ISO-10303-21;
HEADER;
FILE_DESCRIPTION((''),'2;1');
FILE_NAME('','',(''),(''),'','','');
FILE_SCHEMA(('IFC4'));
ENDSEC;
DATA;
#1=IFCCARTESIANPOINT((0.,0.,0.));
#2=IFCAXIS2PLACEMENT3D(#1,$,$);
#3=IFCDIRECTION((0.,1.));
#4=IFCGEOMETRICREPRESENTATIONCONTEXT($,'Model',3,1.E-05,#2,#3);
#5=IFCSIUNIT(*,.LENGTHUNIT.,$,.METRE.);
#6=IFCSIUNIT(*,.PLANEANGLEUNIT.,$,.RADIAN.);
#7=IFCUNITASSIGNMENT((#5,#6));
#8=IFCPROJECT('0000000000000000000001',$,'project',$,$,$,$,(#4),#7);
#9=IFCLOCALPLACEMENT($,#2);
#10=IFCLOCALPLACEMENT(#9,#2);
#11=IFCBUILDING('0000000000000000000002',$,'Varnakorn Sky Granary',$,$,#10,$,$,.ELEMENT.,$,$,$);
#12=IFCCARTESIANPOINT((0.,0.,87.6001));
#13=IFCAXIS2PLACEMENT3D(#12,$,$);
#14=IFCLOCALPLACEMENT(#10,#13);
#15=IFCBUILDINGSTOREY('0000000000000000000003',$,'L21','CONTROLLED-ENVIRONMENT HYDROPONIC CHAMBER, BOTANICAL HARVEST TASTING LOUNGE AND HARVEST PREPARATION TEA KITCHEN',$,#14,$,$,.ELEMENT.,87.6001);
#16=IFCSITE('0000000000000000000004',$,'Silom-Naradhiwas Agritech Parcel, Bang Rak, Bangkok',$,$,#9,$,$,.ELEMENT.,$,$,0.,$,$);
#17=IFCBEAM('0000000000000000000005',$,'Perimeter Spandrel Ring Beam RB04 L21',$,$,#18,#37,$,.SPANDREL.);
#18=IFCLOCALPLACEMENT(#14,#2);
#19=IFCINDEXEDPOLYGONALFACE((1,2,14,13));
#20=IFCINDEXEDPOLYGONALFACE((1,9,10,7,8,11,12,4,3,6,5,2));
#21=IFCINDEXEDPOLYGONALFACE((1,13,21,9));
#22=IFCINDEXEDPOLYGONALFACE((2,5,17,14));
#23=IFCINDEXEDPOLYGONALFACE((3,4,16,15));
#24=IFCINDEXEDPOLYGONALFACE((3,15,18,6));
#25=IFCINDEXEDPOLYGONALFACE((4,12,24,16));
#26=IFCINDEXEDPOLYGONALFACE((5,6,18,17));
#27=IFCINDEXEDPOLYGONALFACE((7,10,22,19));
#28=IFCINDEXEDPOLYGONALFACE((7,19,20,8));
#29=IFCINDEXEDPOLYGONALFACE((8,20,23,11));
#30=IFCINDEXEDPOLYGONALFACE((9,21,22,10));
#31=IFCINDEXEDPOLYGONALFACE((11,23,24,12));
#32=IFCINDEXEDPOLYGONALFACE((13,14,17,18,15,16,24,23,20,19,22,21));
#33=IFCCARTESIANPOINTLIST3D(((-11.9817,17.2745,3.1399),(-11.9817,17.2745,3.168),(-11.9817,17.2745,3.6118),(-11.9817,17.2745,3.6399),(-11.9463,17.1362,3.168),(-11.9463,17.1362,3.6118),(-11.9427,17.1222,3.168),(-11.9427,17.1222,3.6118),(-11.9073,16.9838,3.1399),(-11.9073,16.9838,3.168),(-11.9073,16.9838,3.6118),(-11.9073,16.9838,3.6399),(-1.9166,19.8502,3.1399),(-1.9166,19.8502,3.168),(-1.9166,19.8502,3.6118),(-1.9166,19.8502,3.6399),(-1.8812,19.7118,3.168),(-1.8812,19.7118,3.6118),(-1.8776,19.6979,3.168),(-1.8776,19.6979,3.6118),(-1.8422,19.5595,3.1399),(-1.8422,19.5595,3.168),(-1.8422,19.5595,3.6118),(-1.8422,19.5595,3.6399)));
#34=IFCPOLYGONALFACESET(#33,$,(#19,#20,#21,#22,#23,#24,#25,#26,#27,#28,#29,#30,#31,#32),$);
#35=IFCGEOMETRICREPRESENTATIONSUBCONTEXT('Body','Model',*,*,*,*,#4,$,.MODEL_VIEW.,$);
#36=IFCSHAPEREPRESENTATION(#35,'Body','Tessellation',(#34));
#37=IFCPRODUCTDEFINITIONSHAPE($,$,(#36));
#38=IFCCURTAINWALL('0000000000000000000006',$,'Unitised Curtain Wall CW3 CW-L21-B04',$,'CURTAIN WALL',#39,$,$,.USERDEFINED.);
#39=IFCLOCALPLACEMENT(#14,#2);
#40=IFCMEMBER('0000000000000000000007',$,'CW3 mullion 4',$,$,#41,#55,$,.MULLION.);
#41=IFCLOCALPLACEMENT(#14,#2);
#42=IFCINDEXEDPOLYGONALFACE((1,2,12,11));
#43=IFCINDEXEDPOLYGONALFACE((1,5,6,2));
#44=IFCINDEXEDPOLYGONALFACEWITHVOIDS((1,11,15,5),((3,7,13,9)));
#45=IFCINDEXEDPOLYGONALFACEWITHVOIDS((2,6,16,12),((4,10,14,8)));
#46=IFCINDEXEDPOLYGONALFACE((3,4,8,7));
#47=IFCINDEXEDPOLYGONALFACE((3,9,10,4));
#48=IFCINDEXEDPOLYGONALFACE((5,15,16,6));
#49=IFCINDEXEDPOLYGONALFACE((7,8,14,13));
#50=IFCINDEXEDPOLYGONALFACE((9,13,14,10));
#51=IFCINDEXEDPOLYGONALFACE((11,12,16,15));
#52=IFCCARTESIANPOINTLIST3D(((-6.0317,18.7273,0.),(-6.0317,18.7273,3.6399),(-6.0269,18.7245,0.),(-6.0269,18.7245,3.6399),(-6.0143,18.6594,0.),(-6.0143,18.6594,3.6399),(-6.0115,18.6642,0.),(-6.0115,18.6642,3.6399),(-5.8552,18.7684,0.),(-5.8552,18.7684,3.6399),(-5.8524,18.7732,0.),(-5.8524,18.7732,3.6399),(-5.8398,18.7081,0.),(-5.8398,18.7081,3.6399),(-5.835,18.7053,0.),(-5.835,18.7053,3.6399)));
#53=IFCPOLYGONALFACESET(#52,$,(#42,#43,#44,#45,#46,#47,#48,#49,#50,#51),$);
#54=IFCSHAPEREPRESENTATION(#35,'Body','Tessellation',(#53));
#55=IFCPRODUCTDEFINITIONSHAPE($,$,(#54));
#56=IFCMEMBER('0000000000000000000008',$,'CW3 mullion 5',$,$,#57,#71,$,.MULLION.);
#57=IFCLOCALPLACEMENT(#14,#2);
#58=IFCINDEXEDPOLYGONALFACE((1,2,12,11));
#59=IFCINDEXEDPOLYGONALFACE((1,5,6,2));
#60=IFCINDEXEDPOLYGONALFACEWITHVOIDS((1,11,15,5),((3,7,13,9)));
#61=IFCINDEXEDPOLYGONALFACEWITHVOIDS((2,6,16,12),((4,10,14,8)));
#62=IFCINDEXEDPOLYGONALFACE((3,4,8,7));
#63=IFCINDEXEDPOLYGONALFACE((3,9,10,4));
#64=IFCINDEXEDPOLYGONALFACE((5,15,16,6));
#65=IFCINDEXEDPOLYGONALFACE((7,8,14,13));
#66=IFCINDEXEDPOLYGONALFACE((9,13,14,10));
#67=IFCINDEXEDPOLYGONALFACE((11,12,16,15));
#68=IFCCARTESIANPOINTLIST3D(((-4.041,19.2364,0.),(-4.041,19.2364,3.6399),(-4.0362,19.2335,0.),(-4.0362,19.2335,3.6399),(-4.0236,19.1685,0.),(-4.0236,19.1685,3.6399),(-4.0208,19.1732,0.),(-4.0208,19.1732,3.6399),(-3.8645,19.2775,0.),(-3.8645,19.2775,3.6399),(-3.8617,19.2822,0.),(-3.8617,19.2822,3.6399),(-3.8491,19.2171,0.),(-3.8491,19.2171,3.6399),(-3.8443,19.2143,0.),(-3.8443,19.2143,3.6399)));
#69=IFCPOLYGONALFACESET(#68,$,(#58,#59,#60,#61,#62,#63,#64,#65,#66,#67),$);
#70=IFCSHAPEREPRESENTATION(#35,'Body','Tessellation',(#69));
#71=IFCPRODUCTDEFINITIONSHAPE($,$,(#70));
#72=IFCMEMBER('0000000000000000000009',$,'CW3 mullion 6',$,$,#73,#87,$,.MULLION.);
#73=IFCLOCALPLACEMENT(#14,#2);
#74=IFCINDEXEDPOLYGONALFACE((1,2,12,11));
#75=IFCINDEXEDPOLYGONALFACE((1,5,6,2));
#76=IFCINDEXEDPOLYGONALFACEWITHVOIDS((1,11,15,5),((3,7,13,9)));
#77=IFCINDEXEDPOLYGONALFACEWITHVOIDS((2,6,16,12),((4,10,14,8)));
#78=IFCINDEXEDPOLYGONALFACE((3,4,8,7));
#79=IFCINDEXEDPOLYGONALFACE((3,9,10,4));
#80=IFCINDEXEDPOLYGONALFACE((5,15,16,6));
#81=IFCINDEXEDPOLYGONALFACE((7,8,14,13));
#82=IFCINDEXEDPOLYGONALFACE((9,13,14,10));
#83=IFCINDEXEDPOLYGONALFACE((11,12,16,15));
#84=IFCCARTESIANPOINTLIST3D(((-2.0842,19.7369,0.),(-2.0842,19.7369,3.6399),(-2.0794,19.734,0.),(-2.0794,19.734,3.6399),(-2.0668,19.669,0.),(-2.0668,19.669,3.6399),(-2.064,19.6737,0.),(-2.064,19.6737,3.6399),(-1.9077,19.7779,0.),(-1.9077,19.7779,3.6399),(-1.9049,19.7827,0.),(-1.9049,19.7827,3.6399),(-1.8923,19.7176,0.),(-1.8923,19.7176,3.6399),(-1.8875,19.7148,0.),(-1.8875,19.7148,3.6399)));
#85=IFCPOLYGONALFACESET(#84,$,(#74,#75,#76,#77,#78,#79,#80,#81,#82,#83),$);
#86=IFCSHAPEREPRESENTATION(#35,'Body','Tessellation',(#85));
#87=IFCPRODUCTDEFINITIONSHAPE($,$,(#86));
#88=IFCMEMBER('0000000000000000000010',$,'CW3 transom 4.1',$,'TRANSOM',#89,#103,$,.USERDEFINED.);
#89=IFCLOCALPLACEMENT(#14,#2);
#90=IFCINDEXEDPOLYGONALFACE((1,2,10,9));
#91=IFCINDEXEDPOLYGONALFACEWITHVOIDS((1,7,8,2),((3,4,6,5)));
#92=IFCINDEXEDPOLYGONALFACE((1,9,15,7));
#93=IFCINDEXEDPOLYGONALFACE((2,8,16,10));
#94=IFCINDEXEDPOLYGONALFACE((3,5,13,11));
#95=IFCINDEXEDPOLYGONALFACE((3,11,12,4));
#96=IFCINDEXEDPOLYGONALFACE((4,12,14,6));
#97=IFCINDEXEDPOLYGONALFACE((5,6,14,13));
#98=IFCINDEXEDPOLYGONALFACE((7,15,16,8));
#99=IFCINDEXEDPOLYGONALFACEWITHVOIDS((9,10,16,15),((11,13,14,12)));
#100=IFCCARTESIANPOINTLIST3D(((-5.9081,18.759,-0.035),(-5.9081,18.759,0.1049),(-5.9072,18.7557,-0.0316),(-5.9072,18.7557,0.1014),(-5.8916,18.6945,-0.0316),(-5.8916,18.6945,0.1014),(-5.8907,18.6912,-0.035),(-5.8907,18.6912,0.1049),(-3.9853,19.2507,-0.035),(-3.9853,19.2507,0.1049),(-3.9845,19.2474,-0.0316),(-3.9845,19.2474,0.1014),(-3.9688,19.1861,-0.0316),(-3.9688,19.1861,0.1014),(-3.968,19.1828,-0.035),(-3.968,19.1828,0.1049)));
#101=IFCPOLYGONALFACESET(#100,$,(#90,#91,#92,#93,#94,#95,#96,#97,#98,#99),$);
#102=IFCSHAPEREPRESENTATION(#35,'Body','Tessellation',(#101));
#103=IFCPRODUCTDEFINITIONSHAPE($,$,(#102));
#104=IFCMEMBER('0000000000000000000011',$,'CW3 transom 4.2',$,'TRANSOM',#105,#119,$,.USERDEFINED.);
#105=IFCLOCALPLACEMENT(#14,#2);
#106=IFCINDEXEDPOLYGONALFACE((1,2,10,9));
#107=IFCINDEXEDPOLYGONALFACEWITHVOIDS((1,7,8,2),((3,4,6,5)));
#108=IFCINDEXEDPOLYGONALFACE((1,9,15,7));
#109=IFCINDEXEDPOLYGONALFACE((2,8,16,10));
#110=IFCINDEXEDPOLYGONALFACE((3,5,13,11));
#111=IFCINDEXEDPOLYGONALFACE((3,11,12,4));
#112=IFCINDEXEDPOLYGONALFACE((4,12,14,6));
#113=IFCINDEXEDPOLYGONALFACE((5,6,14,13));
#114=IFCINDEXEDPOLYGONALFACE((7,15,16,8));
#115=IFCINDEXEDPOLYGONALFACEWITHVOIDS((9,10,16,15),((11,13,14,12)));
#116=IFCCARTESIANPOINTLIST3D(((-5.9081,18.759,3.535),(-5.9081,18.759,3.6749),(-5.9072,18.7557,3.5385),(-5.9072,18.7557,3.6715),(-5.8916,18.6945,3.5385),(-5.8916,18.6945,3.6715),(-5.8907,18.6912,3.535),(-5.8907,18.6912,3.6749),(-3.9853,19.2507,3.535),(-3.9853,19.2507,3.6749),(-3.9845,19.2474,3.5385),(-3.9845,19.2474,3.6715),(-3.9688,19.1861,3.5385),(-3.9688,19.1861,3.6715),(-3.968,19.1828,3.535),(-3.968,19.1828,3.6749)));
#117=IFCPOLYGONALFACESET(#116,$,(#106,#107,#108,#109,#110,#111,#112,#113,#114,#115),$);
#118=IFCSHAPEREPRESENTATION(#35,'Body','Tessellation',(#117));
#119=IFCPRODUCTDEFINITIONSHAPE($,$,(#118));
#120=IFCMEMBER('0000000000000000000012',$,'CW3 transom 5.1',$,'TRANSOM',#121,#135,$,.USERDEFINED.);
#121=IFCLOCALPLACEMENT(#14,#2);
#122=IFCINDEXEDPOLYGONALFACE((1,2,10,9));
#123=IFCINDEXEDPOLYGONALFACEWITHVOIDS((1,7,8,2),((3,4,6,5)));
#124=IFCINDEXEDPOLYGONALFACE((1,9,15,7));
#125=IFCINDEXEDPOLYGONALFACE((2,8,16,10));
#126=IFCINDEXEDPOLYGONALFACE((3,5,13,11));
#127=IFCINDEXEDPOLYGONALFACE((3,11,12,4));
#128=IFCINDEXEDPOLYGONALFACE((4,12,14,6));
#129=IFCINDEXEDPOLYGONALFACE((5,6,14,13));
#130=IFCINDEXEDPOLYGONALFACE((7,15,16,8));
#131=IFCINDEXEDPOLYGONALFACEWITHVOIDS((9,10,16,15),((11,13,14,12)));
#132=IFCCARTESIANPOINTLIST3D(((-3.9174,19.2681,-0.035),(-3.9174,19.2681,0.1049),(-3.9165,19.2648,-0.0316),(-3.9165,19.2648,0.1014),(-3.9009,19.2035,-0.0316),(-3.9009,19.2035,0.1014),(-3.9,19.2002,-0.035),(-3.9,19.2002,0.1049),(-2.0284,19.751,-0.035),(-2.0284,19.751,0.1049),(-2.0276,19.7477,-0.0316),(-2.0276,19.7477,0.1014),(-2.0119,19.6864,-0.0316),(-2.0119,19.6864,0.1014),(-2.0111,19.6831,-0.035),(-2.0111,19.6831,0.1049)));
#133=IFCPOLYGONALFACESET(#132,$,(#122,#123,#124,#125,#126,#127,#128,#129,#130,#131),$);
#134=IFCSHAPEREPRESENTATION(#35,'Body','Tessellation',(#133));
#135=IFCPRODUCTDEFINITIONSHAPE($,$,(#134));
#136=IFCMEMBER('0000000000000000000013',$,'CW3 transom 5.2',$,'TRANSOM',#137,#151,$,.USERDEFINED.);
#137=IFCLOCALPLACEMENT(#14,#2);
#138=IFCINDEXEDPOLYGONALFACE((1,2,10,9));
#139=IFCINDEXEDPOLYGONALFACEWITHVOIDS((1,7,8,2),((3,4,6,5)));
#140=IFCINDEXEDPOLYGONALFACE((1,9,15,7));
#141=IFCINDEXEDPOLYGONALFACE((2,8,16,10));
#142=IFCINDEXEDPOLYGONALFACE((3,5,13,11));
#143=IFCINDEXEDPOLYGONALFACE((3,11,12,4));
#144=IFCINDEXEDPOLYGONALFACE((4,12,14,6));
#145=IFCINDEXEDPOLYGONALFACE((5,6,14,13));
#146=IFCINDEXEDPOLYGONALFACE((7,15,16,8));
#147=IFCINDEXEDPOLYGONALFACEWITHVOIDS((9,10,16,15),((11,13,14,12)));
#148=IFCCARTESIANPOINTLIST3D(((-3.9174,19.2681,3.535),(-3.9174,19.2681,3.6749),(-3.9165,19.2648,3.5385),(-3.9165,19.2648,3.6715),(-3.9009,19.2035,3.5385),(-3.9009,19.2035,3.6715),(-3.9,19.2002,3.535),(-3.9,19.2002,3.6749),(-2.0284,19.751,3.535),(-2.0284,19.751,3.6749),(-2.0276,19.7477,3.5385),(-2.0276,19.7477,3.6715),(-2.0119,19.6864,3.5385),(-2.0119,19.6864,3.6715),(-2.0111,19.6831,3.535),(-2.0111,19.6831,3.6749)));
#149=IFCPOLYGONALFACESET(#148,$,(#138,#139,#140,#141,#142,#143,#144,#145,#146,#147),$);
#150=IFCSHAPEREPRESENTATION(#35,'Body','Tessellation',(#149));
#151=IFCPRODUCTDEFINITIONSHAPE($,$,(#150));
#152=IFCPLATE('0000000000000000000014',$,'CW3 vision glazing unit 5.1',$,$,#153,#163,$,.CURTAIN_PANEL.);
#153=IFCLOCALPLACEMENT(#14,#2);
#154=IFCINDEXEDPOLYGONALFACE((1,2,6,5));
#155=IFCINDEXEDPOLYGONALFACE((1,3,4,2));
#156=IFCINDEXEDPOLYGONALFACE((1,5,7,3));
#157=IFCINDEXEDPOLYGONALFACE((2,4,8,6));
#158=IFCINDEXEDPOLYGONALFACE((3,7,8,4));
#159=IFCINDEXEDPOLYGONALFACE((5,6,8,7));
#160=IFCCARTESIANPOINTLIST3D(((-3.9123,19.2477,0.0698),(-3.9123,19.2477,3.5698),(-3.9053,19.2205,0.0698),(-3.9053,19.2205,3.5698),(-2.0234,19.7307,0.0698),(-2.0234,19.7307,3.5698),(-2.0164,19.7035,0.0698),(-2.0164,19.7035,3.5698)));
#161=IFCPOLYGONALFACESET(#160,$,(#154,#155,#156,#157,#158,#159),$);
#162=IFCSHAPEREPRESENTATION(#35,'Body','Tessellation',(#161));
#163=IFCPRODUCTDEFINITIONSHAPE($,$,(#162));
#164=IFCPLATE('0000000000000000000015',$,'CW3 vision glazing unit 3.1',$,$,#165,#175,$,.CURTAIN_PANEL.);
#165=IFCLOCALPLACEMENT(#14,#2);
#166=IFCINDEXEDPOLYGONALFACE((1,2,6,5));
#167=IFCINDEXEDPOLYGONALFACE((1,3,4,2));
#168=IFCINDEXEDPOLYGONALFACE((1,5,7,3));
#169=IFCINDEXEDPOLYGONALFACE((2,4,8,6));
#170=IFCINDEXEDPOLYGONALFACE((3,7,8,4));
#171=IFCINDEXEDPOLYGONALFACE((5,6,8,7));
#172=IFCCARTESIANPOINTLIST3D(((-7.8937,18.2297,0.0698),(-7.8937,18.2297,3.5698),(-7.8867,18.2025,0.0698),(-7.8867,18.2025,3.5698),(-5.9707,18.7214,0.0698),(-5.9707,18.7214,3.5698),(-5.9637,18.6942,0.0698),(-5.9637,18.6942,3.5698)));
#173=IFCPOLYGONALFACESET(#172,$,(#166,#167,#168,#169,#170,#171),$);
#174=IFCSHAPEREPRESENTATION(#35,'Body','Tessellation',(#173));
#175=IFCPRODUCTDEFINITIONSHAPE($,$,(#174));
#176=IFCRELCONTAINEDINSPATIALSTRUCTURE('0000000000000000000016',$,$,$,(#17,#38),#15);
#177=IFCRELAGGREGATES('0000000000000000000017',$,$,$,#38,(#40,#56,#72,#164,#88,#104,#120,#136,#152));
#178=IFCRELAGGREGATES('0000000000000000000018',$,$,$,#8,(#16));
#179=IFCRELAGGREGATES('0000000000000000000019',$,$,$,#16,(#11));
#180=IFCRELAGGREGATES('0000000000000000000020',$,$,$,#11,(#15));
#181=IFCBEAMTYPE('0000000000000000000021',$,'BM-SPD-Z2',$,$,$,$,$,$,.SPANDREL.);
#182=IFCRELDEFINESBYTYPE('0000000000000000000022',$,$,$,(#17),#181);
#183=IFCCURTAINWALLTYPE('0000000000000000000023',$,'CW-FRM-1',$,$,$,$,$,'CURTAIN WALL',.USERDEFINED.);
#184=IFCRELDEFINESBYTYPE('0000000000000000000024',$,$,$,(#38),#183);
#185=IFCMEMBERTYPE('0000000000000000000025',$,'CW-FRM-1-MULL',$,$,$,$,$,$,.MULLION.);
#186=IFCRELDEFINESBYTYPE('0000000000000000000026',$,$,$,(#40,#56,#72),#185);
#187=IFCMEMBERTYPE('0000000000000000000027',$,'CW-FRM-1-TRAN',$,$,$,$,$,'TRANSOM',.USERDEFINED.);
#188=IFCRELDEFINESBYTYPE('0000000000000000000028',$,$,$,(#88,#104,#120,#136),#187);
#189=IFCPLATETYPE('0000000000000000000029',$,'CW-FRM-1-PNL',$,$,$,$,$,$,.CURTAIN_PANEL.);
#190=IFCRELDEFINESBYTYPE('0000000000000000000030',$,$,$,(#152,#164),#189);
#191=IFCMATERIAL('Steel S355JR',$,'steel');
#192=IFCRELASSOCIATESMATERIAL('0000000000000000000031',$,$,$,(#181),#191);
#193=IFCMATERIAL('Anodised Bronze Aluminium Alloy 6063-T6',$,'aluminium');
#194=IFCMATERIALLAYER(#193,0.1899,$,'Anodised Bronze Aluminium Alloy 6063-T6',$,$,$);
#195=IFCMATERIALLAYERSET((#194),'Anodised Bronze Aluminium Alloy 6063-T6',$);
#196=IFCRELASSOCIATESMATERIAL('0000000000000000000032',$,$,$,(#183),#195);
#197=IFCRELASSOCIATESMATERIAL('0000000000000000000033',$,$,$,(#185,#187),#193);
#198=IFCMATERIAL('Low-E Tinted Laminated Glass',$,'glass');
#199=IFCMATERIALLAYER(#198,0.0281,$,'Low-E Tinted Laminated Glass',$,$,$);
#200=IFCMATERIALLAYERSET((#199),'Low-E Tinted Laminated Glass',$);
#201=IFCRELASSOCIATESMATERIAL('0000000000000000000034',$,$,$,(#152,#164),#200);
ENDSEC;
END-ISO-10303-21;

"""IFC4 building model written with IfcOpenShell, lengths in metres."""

from ifc_helpers import new_model, si_unit, direction, frame, origin, origin_2d, place, context, subcontext, project, spatial, rectangle, hollow_rectangle, i_section, extrude, source, transform, mapped, material, layer, layer_set, material_profile, profile_set, type_object, type_shapes, element, aggregate, save


model = new_model("IFC4")

# Units and contexts
model_context = context("Model", 3, precision=1e-05, world=origin(), true_north=direction((0.0, 1.0)))
body_context = subcontext(model_context, "Body", "Model", "MODEL_VIEW")
ifc_project = project(units=[si_unit("LENGTHUNIT", "METRE"), si_unit("PLANEANGLEUNIT", "RADIAN")], contexts=[model_context])

# Site, building, storey
site_placement = place(None, origin())
site = spatial("IfcSite", under=ifc_project, at=site_placement, Name="Silom-Naradhiwas Agritech Parcel, Bang Rak, Bangkok", CompositionType="ELEMENT", RefElevation=0.0)
building_placement = place(site_placement, origin())
building = spatial("IfcBuilding", under=site, at=building_placement, Name="Varnakorn Sky Granary", CompositionType="ELEMENT")
storey_placement = place(building_placement, frame((0.0, 0.0, 87.6001)))
storey = spatial("IfcBuildingStorey", under=building, at=storey_placement, Name="L21", Description="CONTROLLED-ENVIRONMENT HYDROPONIC CHAMBER, BOTANICAL HARVEST TASTING LOUNGE AND HARVEST PREPARATION TEA KITCHEN", CompositionType="ELEMENT", Elevation=87.6001)

# Beam
ifc_material_1 = material(Name="Steel S355JR", Category="steel")
ifc_material_profile_1 = material_profile(ifc_material_1, i_section(OverallWidth=0.3, OverallDepth=0.5, WebThickness=0.0144, FlangeThickness=0.0281, at=origin_2d()), Name="HE 500 B")
ifc_profile_set_1 = profile_set([ifc_material_profile_1], Name="Steel S355JR")
beam_type_1 = type_object("IfcBeamType", Name="BM-SPD-Z2", PredefinedType="SPANDREL", material=ifc_profile_set_1)
beam_1_placement = place(storey_placement, frame((-1.8794, 19.7048, 3.3899), z_axis=(-0.968783, -0.247912, 0.0), x_axis=(0.247912, -0.968783, 0.0)))
element("IfcBeam", 1, at=beam_1_placement, inside=storey, type_object=beam_type_1, Name="Perimeter Spandrel Ring Beam RB04 L21", PredefinedType="SPANDREL", context=body_context, shape_type="SweptSolid", body=[
    extrude(i_section(OverallWidth=0.3, OverallDepth=0.5, WebThickness=0.0144, FlangeThickness=0.0281, at=origin_2d()), origin(), (0.0, 0.0, 1.0), 10.3894),
])

# Curtain wall, members, plates
ifc_material_2 = material(Name="Anodised Bronze Aluminium Alloy 6063-T6", Category="aluminium")
ifc_layer_1 = layer(ifc_material_2, 0.1899, Name="Anodised Bronze Aluminium Alloy 6063-T6")
ifc_layer_set_1 = layer_set([ifc_layer_1], Name="Anodised Bronze Aluminium Alloy 6063-T6")
curtain_wall_type = type_object("IfcCurtainWallType", Name="CW-FRM-1", ElementType="CURTAIN WALL", PredefinedType="USERDEFINED", material=ifc_layer_set_1)
curtain_wall_placement = place(storey_placement, origin())
curtain_wall = element("IfcCurtainWall", 2, at=curtain_wall_placement, inside=storey, type_object=curtain_wall_type, Name="Unitised Curtain Wall CW3 CW-L21-B04", ObjectType="CURTAIN WALL", PredefinedType="USERDEFINED")
ifc_material_profile_2 = material_profile(ifc_material_2, hollow_rectangle(XDim=0.0701, YDim=0.1851, WallThickness=0.0039, at=origin_2d()), Name="ALU MULL 70x185")
ifc_profile_set_2 = profile_set([ifc_material_profile_2], Name="Anodised Bronze Aluminium Alloy 6063-T6")
member_type_1 = type_object("IfcMemberType", Name="CW-FRM-1-MULL", PredefinedType="MULLION", material=ifc_profile_set_2)
member_1_placement = place(storey_placement, frame((-5.9333, 18.7163, 0.0), z_axis=(0.0, 0.0, 1.0), x_axis=(-0.247729, 0.968829, 0.0)))
member_1 = element("IfcMember", 3, at=member_1_placement, type_object=member_type_1, Name="CW3 mullion 4", PredefinedType="MULLION", context=body_context, shape_type="SweptSolid", body=[
    extrude(hollow_rectangle(XDim=0.0701, YDim=0.1851, WallThickness=0.0039, at=origin_2d()), origin(), (0.0, 0.0, 1.0), 3.6399),
])
member_2_placement = place(storey_placement, frame((-3.9426, 19.2253, 0.0), z_axis=(0.0, 0.0, 1.0), x_axis=(-0.247729, 0.968829, 0.0)))
member_2 = element("IfcMember", 4, at=member_2_placement, type_object=member_type_1, Name="CW3 mullion 5", PredefinedType="MULLION", context=body_context, shape_type="SweptSolid", body=[
    extrude(hollow_rectangle(XDim=0.0701, YDim=0.1851, WallThickness=0.0039, at=origin_2d()), origin(), (0.0, 0.0, 1.0), 3.6399),
])
member_3_placement = place(storey_placement, frame((-1.9858, 19.7258, 0.0), z_axis=(0.0, 0.0, 1.0), x_axis=(-0.247729, 0.968829, 0.0)))
member_3 = element("IfcMember", 5, at=member_3_placement, type_object=member_type_1, Name="CW3 mullion 6", PredefinedType="MULLION", context=body_context, shape_type="SweptSolid", body=[
    extrude(hollow_rectangle(XDim=0.0701, YDim=0.1851, WallThickness=0.0039, at=origin_2d()), origin(), (0.0, 0.0, 1.0), 3.6399),
])
ifc_material_profile_3 = material_profile(ifc_material_2, hollow_rectangle(XDim=0.0701, YDim=0.1399, WallThickness=0.0034, at=origin_2d()), Name="ALU TRAN 70x140")
ifc_profile_set_3 = profile_set([ifc_material_profile_3], Name="Anodised Bronze Aluminium Alloy 6063-T6")
member_type_2 = type_object("IfcMemberType", Name="CW-FRM-1-TRAN", ElementType="TRANSOM", PredefinedType="USERDEFINED", material=ifc_profile_set_3)
member_4_placement = place(storey_placement, frame((-5.8994, 18.7251, 0.0349), z_axis=(0.968826, 0.247742, 0.0), x_axis=(-0.247742, 0.968826, 0.0)))
member_4 = element("IfcMember", 6, at=member_4_placement, type_object=member_type_2, Name="CW3 transom 4.1", ObjectType="TRANSOM", PredefinedType="USERDEFINED", context=body_context, shape_type="SweptSolid", body=[
    extrude(hollow_rectangle(XDim=0.0701, YDim=0.1399, WallThickness=0.0034, at=origin_2d()), origin(), (0.0, 0.0, 1.0), 1.9846),
])
member_5_placement = place(storey_placement, frame((-5.8994, 18.7251, 3.605), z_axis=(0.968826, 0.247742, 0.0), x_axis=(-0.247742, 0.968826, 0.0)))
member_5 = element("IfcMember", 7, at=member_5_placement, type_object=member_type_2, Name="CW3 transom 4.2", ObjectType="TRANSOM", PredefinedType="USERDEFINED", context=body_context, shape_type="SweptSolid", body=[
    extrude(hollow_rectangle(XDim=0.0701, YDim=0.1399, WallThickness=0.0034, at=origin_2d()), origin(), (0.0, 0.0, 1.0), 1.9846),
])
member_6_placement = place(storey_placement, frame((-3.9087, 19.2341, 0.0349), z_axis=(0.96884, 0.247688, 0.0), x_axis=(-0.247688, 0.96884, 0.0)))
member_6 = element("IfcMember", 8, at=member_6_placement, type_object=member_type_2, Name="CW3 transom 5.1", ObjectType="TRANSOM", PredefinedType="USERDEFINED", context=body_context, shape_type="SweptSolid", body=[
    extrude(hollow_rectangle(XDim=0.0701, YDim=0.1399, WallThickness=0.0034, at=origin_2d()), origin(), (0.0, 0.0, 1.0), 1.9497),
])
member_7_placement = place(storey_placement, frame((-3.9087, 19.2341, 3.605), z_axis=(0.96884, 0.247688, 0.0), x_axis=(-0.247688, 0.96884, 0.0)))
member_7 = element("IfcMember", 9, at=member_7_placement, type_object=member_type_2, Name="CW3 transom 5.2", ObjectType="TRANSOM", PredefinedType="USERDEFINED", context=body_context, shape_type="SweptSolid", body=[
    extrude(hollow_rectangle(XDim=0.0701, YDim=0.1399, WallThickness=0.0034, at=origin_2d()), origin(), (0.0, 0.0, 1.0), 1.9497),
])
ifc_material_3 = material(Name="Low-E Tinted Laminated Glass", Category="glass")
ifc_layer_2 = layer(ifc_material_3, 0.0281, Name="Low-E Tinted Laminated Glass")
ifc_layer_set_2 = layer_set([ifc_layer_2], Name="Low-E Tinted Laminated Glass")
plate_type = type_object("IfcPlateType", Name="CW-FRM-1-PNL", PredefinedType="CURTAIN_PANEL")
shared_shape_1 = source(origin(), body_context, "Body", "SweptSolid", [
    extrude(rectangle(XDim=1.9497, YDim=0.0281, at=origin_2d()), origin(), (0.0, 0.0, 1.0), 3.5),
])
plate_1_placement = place(storey_placement, frame((-2.9644, 19.4756, 0.0698), z_axis=(0.0, 0.0, 1.0), x_axis=(0.968829, 0.247729, 0.0)))
plate_1 = element("IfcPlate", 10, at=plate_1_placement, type_object=plate_type, material=ifc_layer_set_2, Name="CW3 vision glazing unit 5.1", PredefinedType="CURTAIN_PANEL", context=body_context, shape_type="MappedRepresentation", body=[
    mapped(shared_shape_1, transform((0.0, 0.0, 0.0), x_axis=(1.0, 0.0, 0.0), y_axis=(0.0, 1.0, 0.0), z_axis=(0.0, 0.0, 1.0), scale=1.0)),
])
shared_shape_2 = source(origin(), body_context, "Body", "SweptSolid", [
    extrude(rectangle(XDim=1.9849, YDim=0.0281, at=origin_2d()), origin(), (0.0, 0.0, 1.0), 3.5),
])
type_shapes(plate_type, [shared_shape_1, shared_shape_2])
plate_2_placement = place(storey_placement, frame((-6.9287, 18.4619, 0.0698), z_axis=(0.0, 0.0, 1.0), x_axis=(0.968829, 0.247729, 0.0)))
plate_2 = element("IfcPlate", 11, at=plate_2_placement, type_object=plate_type, material=ifc_layer_set_2, Name="CW3 vision glazing unit 3.1", PredefinedType="CURTAIN_PANEL", context=body_context, shape_type="MappedRepresentation", body=[
    mapped(shared_shape_2, transform((0.0, 0.0, 0.0), x_axis=(1.0, 0.0, 0.0), y_axis=(0.0, 1.0, 0.0), z_axis=(0.0, 0.0, 1.0), scale=1.0)),
])
aggregate(curtain_wall, [member_1, member_2, member_3, plate_2, member_4, member_5, member_6, member_7, plate_1])

save(model, "model.ifc")
